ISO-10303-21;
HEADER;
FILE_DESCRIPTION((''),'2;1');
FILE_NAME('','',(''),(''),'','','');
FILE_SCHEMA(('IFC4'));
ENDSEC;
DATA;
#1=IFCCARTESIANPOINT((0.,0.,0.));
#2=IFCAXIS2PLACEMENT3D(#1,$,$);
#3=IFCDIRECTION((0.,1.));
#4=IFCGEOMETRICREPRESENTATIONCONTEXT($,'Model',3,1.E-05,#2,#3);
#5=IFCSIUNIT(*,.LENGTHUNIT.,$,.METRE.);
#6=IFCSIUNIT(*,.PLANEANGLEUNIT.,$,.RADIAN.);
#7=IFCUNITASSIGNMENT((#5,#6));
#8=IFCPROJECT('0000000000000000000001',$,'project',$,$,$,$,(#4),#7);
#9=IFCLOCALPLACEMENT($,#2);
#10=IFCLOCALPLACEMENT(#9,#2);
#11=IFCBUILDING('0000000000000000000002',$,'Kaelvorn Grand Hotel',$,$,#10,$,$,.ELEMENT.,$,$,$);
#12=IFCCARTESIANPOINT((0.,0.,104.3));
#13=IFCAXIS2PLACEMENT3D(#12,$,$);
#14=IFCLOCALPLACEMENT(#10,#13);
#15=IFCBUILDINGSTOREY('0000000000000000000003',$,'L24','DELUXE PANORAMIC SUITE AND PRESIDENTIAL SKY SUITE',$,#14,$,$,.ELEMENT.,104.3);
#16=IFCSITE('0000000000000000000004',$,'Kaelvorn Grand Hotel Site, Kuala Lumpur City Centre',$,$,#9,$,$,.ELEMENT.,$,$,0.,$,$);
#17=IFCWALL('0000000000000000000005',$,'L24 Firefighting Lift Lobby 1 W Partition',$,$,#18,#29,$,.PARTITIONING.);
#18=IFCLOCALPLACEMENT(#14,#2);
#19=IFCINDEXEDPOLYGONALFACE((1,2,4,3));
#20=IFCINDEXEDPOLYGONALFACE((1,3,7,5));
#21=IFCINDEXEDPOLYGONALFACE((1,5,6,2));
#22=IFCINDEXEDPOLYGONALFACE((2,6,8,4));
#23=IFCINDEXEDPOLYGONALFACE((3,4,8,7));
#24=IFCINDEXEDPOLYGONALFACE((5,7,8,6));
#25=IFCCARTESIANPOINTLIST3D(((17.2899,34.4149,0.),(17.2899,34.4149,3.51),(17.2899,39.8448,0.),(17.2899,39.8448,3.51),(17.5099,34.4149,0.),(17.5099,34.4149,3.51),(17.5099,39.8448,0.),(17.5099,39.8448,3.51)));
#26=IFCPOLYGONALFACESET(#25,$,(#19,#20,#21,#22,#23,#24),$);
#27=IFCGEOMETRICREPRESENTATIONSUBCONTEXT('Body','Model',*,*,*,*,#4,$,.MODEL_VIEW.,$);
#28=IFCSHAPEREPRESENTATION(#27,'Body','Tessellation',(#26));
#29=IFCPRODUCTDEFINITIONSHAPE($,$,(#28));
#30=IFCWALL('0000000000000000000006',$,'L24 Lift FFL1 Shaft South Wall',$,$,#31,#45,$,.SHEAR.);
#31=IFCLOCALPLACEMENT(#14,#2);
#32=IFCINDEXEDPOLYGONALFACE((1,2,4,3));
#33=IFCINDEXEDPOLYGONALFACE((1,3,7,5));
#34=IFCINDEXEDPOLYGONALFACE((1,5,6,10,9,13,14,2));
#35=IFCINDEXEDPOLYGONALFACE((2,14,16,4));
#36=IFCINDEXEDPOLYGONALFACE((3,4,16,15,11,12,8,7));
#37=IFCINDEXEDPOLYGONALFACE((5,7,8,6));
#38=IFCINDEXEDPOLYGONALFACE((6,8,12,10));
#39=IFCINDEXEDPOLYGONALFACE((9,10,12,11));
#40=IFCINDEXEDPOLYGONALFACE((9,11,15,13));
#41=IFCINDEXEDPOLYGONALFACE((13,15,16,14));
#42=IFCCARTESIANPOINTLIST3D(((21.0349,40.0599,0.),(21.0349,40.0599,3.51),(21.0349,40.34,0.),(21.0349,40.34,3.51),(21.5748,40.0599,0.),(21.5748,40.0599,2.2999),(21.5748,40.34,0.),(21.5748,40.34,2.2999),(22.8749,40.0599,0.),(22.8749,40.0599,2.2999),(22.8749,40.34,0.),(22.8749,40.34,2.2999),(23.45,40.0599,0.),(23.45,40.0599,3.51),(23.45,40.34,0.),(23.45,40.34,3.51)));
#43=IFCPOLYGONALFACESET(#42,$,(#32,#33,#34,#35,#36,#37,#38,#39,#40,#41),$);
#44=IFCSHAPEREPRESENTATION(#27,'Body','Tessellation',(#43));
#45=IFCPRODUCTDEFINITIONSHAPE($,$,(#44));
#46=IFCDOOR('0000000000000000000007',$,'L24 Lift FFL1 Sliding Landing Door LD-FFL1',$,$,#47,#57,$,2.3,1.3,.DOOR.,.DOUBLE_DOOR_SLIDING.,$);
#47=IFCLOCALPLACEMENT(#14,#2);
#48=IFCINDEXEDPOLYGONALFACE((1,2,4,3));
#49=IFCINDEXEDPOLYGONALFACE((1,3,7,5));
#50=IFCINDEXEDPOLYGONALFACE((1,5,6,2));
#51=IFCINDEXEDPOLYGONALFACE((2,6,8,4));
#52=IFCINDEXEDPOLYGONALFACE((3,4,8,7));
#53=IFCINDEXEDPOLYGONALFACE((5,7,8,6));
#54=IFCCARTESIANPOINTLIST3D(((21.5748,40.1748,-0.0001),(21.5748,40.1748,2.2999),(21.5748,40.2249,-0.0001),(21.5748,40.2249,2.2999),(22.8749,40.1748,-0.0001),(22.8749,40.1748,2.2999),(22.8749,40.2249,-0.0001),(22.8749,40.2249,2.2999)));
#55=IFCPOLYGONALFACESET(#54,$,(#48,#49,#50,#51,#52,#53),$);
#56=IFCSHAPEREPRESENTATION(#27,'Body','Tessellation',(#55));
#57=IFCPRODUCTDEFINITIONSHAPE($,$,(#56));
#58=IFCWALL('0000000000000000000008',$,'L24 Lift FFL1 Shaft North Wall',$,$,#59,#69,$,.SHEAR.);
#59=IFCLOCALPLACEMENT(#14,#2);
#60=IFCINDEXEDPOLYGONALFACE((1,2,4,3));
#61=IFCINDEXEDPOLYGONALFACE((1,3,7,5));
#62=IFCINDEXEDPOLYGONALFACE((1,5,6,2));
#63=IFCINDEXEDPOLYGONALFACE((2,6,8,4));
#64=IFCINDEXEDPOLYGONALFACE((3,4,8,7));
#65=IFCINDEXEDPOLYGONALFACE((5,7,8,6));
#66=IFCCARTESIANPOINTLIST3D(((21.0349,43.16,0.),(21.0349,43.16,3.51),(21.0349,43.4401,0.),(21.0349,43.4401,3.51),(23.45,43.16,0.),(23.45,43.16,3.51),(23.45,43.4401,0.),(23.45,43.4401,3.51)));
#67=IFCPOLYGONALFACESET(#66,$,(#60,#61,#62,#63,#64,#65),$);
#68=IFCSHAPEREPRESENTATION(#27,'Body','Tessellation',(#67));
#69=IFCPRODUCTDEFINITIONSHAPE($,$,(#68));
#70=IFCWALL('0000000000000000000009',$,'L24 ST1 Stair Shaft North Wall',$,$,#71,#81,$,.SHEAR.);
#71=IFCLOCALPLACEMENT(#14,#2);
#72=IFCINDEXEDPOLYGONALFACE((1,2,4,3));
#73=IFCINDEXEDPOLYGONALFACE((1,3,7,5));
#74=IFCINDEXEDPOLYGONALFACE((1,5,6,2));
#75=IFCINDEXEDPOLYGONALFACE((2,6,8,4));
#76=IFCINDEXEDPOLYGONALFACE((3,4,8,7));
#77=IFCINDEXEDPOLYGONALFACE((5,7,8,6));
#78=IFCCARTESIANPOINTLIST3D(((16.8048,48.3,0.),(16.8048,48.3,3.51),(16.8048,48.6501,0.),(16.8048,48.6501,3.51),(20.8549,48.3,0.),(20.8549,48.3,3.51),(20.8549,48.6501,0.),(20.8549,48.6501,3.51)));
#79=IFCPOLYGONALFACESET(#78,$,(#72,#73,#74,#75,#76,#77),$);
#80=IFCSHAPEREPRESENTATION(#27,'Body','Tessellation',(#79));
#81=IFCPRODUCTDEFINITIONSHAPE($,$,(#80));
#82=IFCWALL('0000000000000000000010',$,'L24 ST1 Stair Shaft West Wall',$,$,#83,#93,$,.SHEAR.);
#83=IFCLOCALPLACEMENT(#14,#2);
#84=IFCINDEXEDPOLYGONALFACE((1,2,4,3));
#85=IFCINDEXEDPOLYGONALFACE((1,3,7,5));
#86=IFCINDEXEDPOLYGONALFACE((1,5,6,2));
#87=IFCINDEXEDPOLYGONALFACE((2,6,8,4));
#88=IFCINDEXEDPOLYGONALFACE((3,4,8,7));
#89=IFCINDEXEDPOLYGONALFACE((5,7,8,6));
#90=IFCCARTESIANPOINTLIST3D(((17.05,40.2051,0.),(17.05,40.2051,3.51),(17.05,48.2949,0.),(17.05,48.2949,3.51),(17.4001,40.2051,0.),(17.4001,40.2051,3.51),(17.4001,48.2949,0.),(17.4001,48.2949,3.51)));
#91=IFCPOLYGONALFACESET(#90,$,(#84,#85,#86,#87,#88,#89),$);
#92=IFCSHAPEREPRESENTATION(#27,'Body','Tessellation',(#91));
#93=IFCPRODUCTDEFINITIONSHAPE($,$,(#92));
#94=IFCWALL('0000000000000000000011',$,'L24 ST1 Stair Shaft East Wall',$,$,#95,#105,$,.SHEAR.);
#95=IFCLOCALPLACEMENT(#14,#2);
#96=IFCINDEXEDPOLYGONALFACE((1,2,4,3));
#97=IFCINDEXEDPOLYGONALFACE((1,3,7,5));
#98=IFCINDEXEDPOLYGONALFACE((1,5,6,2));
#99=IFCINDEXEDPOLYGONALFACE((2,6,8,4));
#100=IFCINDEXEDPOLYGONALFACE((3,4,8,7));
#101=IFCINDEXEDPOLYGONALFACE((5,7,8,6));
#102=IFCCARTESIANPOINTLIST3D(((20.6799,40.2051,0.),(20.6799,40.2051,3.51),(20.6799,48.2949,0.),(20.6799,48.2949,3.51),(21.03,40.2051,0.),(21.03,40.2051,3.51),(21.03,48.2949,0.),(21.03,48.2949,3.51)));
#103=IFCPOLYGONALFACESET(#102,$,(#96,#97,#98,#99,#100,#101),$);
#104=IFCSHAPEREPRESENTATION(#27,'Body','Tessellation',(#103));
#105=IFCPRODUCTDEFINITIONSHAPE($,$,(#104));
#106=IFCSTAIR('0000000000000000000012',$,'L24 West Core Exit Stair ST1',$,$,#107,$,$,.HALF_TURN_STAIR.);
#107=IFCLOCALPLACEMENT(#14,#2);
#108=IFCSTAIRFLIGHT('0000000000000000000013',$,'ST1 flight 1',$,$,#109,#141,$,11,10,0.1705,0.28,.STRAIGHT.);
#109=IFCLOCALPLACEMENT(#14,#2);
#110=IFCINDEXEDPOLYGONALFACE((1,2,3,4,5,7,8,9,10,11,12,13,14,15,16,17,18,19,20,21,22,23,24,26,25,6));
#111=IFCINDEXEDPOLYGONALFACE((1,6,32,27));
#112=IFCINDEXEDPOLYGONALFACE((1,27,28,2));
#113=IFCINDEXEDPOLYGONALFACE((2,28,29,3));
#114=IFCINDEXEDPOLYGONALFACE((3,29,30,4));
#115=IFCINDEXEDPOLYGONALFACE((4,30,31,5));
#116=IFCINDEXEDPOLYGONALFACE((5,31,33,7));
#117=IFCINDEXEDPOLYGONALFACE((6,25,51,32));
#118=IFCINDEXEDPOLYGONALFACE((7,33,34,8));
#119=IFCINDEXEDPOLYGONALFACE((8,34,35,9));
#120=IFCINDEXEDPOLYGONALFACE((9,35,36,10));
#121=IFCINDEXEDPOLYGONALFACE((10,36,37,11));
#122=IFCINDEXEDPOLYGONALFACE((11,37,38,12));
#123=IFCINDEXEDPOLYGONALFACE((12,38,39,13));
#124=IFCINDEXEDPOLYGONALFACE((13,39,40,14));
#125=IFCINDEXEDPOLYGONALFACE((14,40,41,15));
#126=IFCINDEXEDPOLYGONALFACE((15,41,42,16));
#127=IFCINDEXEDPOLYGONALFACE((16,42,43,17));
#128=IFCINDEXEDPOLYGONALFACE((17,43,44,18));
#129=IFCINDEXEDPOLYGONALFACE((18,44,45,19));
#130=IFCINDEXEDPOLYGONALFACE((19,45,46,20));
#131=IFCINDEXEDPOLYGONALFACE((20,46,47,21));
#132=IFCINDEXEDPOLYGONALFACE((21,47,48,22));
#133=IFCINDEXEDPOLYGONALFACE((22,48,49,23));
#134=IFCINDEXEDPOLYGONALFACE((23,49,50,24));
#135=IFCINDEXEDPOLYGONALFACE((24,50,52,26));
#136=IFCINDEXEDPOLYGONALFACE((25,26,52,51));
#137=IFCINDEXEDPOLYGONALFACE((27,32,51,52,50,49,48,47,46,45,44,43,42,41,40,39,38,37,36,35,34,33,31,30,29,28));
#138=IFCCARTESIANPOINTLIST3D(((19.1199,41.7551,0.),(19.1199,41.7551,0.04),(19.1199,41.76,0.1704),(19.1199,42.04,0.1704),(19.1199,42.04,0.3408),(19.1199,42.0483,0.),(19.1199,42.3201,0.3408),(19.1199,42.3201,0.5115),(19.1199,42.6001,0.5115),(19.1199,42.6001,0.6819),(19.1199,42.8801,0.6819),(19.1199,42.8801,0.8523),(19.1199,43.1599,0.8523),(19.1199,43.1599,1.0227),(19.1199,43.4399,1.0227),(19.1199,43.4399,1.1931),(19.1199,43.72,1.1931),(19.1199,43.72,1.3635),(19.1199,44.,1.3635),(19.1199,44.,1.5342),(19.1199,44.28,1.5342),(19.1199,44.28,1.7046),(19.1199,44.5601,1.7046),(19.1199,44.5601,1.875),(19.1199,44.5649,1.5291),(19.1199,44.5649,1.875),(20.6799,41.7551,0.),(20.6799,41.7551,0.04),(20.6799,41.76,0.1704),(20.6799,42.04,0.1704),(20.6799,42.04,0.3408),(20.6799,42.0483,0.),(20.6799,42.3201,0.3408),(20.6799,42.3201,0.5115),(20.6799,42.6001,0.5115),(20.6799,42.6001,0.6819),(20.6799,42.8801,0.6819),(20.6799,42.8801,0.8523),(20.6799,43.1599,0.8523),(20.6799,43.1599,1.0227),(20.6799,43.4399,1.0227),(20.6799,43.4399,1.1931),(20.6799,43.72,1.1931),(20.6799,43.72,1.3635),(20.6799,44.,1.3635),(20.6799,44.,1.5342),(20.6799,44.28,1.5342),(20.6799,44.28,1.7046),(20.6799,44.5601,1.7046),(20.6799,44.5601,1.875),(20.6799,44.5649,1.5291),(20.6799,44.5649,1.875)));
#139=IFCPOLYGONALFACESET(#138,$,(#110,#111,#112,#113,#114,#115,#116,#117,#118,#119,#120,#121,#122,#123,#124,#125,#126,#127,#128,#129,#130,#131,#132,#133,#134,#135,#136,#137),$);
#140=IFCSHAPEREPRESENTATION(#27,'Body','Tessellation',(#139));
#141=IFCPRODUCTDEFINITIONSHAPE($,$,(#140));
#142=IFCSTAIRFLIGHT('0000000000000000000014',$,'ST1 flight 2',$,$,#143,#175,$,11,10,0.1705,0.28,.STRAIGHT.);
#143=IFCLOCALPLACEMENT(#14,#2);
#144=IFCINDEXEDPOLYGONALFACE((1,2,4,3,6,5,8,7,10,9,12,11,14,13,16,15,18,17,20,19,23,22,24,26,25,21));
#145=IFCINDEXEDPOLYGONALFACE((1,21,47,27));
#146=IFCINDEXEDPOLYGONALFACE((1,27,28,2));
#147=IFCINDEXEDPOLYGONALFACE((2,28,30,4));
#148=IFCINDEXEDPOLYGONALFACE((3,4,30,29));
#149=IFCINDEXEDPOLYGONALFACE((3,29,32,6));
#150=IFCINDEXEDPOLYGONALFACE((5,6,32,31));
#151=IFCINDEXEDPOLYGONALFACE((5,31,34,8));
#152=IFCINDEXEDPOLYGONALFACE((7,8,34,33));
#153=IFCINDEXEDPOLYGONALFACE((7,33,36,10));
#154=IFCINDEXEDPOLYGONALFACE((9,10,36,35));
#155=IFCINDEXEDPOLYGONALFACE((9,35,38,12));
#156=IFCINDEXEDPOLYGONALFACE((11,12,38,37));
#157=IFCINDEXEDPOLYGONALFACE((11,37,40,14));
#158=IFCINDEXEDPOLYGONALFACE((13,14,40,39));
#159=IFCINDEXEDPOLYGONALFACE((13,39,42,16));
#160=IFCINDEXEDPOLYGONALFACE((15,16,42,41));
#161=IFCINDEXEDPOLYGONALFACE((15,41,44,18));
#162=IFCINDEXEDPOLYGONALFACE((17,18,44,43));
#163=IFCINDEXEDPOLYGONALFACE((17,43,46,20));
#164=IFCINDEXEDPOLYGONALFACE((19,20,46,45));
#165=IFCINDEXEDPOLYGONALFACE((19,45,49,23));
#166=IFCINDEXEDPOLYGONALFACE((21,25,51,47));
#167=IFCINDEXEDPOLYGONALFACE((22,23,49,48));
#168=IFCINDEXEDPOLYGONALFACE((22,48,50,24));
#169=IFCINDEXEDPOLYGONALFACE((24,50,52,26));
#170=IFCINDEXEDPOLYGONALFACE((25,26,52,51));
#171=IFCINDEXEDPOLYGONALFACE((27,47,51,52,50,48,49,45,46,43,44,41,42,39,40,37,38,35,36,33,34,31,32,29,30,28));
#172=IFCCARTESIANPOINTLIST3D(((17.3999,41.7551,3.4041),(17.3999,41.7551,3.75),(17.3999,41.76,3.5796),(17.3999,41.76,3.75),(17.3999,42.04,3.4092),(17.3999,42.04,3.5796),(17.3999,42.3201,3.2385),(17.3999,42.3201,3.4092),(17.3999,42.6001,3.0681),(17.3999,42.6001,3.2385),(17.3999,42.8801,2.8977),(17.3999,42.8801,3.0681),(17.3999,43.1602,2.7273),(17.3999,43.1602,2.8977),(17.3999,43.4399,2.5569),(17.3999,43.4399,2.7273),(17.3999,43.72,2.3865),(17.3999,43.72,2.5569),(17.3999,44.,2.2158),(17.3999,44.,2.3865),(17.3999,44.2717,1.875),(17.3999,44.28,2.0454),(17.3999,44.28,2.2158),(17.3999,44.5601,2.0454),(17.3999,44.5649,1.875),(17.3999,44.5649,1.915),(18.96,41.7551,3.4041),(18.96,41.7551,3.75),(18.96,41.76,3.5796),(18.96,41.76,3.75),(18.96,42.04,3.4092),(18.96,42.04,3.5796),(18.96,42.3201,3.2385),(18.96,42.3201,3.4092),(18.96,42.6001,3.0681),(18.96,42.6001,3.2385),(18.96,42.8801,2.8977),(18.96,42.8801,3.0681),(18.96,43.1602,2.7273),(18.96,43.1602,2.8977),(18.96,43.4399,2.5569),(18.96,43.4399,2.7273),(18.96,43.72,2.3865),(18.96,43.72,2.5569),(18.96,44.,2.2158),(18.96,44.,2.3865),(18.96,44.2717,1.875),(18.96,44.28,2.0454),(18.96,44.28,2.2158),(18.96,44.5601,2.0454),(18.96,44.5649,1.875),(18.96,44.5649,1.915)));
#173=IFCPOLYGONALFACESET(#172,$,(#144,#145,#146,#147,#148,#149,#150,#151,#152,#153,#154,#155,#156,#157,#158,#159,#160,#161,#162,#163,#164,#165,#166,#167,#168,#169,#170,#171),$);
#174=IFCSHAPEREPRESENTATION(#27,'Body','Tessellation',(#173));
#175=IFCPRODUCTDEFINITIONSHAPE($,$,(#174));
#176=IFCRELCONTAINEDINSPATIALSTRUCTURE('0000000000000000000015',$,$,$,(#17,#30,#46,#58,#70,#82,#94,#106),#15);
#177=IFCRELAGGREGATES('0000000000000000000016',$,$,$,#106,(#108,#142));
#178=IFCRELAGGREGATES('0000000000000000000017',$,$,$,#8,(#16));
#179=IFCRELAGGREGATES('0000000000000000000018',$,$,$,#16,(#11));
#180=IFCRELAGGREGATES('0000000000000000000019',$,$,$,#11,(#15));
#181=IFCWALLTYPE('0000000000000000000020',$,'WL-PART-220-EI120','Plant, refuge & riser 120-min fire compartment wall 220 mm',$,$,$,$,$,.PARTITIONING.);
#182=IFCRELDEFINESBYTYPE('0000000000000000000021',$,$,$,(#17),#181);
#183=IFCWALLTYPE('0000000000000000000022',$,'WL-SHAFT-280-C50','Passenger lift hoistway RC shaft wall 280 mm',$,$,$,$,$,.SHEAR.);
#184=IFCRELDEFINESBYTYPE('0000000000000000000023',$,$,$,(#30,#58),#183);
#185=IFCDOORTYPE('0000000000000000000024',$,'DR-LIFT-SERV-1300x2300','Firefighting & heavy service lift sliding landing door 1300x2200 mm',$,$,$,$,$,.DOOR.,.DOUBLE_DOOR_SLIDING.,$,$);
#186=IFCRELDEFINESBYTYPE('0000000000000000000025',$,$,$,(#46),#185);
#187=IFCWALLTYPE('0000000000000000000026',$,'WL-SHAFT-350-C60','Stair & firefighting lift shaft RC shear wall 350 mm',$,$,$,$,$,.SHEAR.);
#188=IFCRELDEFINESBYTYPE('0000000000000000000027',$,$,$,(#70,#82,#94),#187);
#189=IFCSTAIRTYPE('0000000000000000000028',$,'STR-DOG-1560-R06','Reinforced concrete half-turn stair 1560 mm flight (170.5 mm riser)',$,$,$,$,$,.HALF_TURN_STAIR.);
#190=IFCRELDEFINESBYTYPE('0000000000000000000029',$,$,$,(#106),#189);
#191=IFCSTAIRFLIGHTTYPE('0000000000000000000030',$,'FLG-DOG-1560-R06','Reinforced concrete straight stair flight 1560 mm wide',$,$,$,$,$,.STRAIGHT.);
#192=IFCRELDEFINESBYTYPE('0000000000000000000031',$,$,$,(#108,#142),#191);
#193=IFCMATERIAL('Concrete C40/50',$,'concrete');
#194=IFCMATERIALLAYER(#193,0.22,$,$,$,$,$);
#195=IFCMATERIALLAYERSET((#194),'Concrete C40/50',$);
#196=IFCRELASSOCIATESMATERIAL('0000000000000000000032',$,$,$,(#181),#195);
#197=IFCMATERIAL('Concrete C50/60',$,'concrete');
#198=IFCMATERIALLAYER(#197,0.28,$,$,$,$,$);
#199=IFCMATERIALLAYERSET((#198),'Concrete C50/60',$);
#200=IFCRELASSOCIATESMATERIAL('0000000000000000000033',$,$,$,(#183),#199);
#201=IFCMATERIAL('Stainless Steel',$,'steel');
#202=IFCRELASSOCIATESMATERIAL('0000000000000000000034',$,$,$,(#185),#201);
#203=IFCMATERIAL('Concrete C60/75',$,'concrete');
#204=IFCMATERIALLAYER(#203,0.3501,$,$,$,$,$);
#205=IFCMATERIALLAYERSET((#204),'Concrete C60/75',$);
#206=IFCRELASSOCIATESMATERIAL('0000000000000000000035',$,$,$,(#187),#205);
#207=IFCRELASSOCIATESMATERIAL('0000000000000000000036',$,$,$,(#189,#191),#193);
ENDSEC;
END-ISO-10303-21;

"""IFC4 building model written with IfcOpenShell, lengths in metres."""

from ifc_helpers import new_model, si_unit, direction, frame, frame_2d, origin, place, context, subcontext, project, spatial, polyline, rectangle, outline, extrude, material, layer, layer_set, type_object, element, fill, aggregate, save


model = new_model("IFC4")

# Units and contexts
model_context = context("Model", 3, precision=1e-05, world=origin(), true_north=direction((0.0, 1.0)))
body_context = subcontext(model_context, "Body", "Model", "MODEL_VIEW")
ifc_project = project(units=[si_unit("LENGTHUNIT", "METRE"), si_unit("PLANEANGLEUNIT", "RADIAN")], contexts=[model_context])

# Site, building, storey
site_placement = place(None, origin())
site = spatial("IfcSite", under=ifc_project, at=site_placement, Name="Kaelvorn Grand Hotel Site, Kuala Lumpur City Centre", CompositionType="ELEMENT", RefElevation=0.0)
building_placement = place(site_placement, origin())
building = spatial("IfcBuilding", under=site, at=building_placement, Name="Kaelvorn Grand Hotel", CompositionType="ELEMENT")
storey_placement = place(building_placement, frame((0.0, 0.0, 104.3)))
storey = spatial("IfcBuildingStorey", under=building, at=storey_placement, Name="L24", Description="DELUXE PANORAMIC SUITE AND PRESIDENTIAL SKY SUITE", CompositionType="ELEMENT", Elevation=104.3)

# Shared definitions
ifc_material_1 = material(Name="Concrete C60/75", Category="concrete")

# Shared definitions
ifc_material_2 = material(Name="Concrete C40/50", Category="concrete")
ifc_layer_1 = layer(ifc_material_2, 0.22)
ifc_layer_set_1 = layer_set([ifc_layer_1], Name="Concrete C40/50")
wall_type_1 = type_object("IfcWallType", Name="WL-PART-220-EI120", Description="Plant, refuge & riser 120-min fire compartment wall 220 mm", PredefinedType="PARTITIONING", material=ifc_layer_set_1)

# Wall
wall_1_placement = place(storey_placement, frame((17.3999, 34.415, 0.0), z_axis=(0.0, 0.0, 1.0), x_axis=(0.0, 1.0, 0.0)))
element("IfcWall", 1, at=wall_1_placement, inside=storey, type_object=wall_type_1, Name="L24 Firefighting Lift Lobby 1 W Partition", PredefinedType="PARTITIONING", context=body_context, shape_type="SweptSolid", body=[
    extrude(rectangle(XDim=5.4299, YDim=0.22, at=frame_2d((2.7148, 0.0))), origin(), (0.0, 0.0, 1.0), 3.51),
])

# Wall, opening, door
ifc_material_3 = material(Name="Concrete C50/60", Category="concrete")
ifc_layer_2 = layer(ifc_material_3, 0.28)
ifc_layer_set_2 = layer_set([ifc_layer_2], Name="Concrete C50/60")
wall_type_2 = type_object("IfcWallType", Name="WL-SHAFT-280-C50", Description="Passenger lift hoistway RC shaft wall 280 mm", PredefinedType="SHEAR", material=ifc_layer_set_2)
wall_2_placement = place(storey_placement, frame((21.0349, 40.2, 0.0), z_axis=(0.0, 0.0, 1.0), x_axis=(1.0, 0.0, 0.0)))
wall_2 = element("IfcWall", 2, at=wall_2_placement, inside=storey, type_object=wall_type_2, Name="L24 Lift FFL1 Shaft South Wall", PredefinedType="SHEAR", context=body_context, shape_type="SweptSolid", body=[
    extrude(rectangle(XDim=2.415, YDim=0.28, at=frame_2d((1.2075, 0.0))), origin(), (0.0, 0.0, 1.0), 3.51),
])
opening_1_placement = place(wall_2_placement, frame((0.54, 0.0, 0.0)))
opening_1 = element("IfcOpeningElement", 3, at=opening_1_placement, cuts=wall_2, PredefinedType="OPENING", context=body_context, shape_type="SweptSolid", body=[
    extrude(rectangle(XDim=1.3, YDim=2.3, at=frame_2d((0.6499, 1.1499))), frame((0.0, 0.1499, 0.0), z_axis=(0.0, -1.0, 0.0), x_axis=(1.0, 0.0, 0.0)), (0.0, 0.0, 1.0), 0.3),
])
ifc_material_4 = material(Name="Stainless Steel", Category="steel")
door_type_1 = type_object("IfcDoorType", Name="DR-LIFT-SERV-1300x2300", Description="Firefighting & heavy service lift sliding landing door 1300x2200 mm", OperationType="DOUBLE_DOOR_SLIDING", PredefinedType="DOOR", material=ifc_material_4)
door_1_placement = place(opening_1_placement, origin())
door_1 = element("IfcDoor", 4, at=door_1_placement, inside=storey, type_object=door_type_1, Name="L24 Lift FFL1 Sliding Landing Door LD-FFL1", OperationType="DOUBLE_DOOR_SLIDING", OverallHeight=2.3, OverallWidth=1.3, PredefinedType="DOOR", context=body_context, shape_type="SweptSolid", body=[
    extrude(rectangle(XDim=1.3, YDim=2.3, at=frame_2d((0.6499, 1.1499))), frame((0.0, 0.0249, 0.0), z_axis=(0.0, -1.0, 0.0), x_axis=(1.0, 0.0, 0.0)), (0.0, 0.0, 1.0), 0.05),
])
fill(opening_1, door_1)

# Wall
wall_3_placement = place(storey_placement, frame((21.0349, 43.3, 0.0), z_axis=(0.0, 0.0, 1.0), x_axis=(1.0, 0.0, 0.0)))
element("IfcWall", 5, at=wall_3_placement, inside=storey, type_object=wall_type_2, Name="L24 Lift FFL1 Shaft North Wall", PredefinedType="SHEAR", context=body_context, shape_type="SweptSolid", body=[
    extrude(rectangle(XDim=2.415, YDim=0.28, at=frame_2d((1.2075, 0.0))), origin(), (0.0, 0.0, 1.0), 3.51),
])

# Shared definitions
ifc_layer_3 = layer(ifc_material_1, 0.3501)
ifc_layer_set_3 = layer_set([ifc_layer_3], Name="Concrete C60/75")
wall_type_3 = type_object("IfcWallType", Name="WL-SHAFT-350-C60", Description="Stair & firefighting lift shaft RC shear wall 350 mm", PredefinedType="SHEAR", material=ifc_layer_set_3)

# Walls
wall_4_placement = place(storey_placement, frame((16.8049, 48.4751, 0.0), z_axis=(0.0, 0.0, 1.0), x_axis=(1.0, 0.0, 0.0)))
element("IfcWall", 6, at=wall_4_placement, inside=storey, type_object=wall_type_3, Name="L24 ST1 Stair Shaft North Wall", PredefinedType="SHEAR", context=body_context, shape_type="SweptSolid", body=[
    extrude(rectangle(XDim=4.05, YDim=0.3501, at=frame_2d((2.0249, 0.0))), origin(), (0.0, 0.0, 1.0), 3.51),
])
for number, where, z_axis, x_axis, name in (
    (7, (17.2251, 40.2051, 0.0), (0.0, 0.0, 1.0), (0.0, 1.0, 0.0), "L24 ST1 Stair Shaft West Wall"),
    (8, (20.855, 40.2051, 0.0), (0.0, 0.0, 1.0), (0.0, 1.0, 0.0), "L24 ST1 Stair Shaft East Wall"),
):
    element("IfcWall", number, at=place(storey_placement, frame(where, z_axis=z_axis, x_axis=x_axis)), inside=storey, type_object=wall_type_3, Name=name, PredefinedType="SHEAR", context=body_context, shape_type="SweptSolid", body=[
        extrude(rectangle(XDim=8.0898, YDim=0.3501, at=frame_2d((4.0449, 0.0))), origin(), (0.0, 0.0, 1.0), 3.51),
    ])

# Stair, stair flights
stair_type = type_object("IfcStairType", Name="STR-DOG-1560-R06", Description="Reinforced concrete half-turn stair 1560 mm flight (170.5 mm riser)", PredefinedType="HALF_TURN_STAIR", material=ifc_material_2)
stair_placement = place(storey_placement, origin())
stair = element("IfcStair", 9, at=stair_placement, inside=storey, type_object=stair_type, Name="L24 West Core Exit Stair ST1", PredefinedType="HALF_TURN_STAIR")
stair_flight_type = type_object("IfcStairFlightType", Name="FLG-DOG-1560-R06", Description="Reinforced concrete straight stair flight 1560 mm wide", PredefinedType="STRAIGHT", material=ifc_material_2)
stair_flight_1_placement = place(storey_placement, frame((19.8999, 41.76, 0.0), z_axis=(0.0, 0.0, 1.0), x_axis=(0.0, 1.0, 0.0)))
stair_flight_1 = element("IfcStairFlight", 10, at=stair_flight_1_placement, type_object=stair_flight_type, Name="ST1 flight 1", NumberOfRisers=11, NumberOfTreads=10, PredefinedType="STRAIGHT", RiserHeight=0.1705, TreadLength=0.28, context=body_context, shape_type="SweptSolid", body=[
    extrude(outline(polyline([(-0.0049, 0.0), (-0.0049, 0.04), (0.0, 0.1704), (0.28, 0.1704), (0.28, 0.3408), (0.5601, 0.3408), (0.5601, 0.5115), (0.8401, 0.5115), (0.8401, 0.6819), (1.1201, 0.6819), (1.1201, 0.8523), (1.3999, 0.8523), (1.3999, 1.0227), (1.6799, 1.0227), (1.6799, 1.1931), (1.96, 1.1931), (1.96, 1.3635), (2.24, 1.3635), (2.24, 1.5342), (2.52, 1.5342), (2.52, 1.7046), (2.8, 1.7046), (2.8, 1.875), (2.8049, 1.875), (2.8049, 1.5291), (0.2883, 0.0), (-0.0049, 0.0)])), frame((0.0, 0.78, 0.0), z_axis=(0.0, -1.0, 0.0), x_axis=(1.0, 0.0, 0.0)), (0.0, 0.0, 1.0), 1.5601),
])
stair_flight_2_placement = place(storey_placement, frame((18.1799, 44.5601, 1.875), z_axis=(0.0, 0.0, 1.0), x_axis=(0.0, -1.0, 0.0)))
stair_flight_2 = element("IfcStairFlight", 11, at=stair_flight_2_placement, type_object=stair_flight_type, Name="ST1 flight 2", NumberOfRisers=11, NumberOfTreads=10, PredefinedType="STRAIGHT", RiserHeight=0.1705, TreadLength=0.28, context=body_context, shape_type="SweptSolid", body=[
    extrude(outline(polyline([(-0.0049, 0.0), (-0.0049, 0.04), (0.0, 0.1704), (0.28, 0.1704), (0.28, 0.3408), (0.5601, 0.3408), (0.5601, 0.5115), (0.8401, 0.5115), (0.8401, 0.6819), (1.1201, 0.6819), (1.1201, 0.8523), (1.3999, 0.8523), (1.3999, 1.0227), (1.6799, 1.0227), (1.6799, 1.1931), (1.96, 1.1931), (1.96, 1.3635), (2.24, 1.3635), (2.24, 1.5342), (2.52, 1.5342), (2.52, 1.7046), (2.8, 1.7046), (2.8, 1.875), (2.8049, 1.875), (2.8049, 1.5291), (0.2883, 0.0), (-0.0049, 0.0)])), frame((0.0, 0.78, 0.0), z_axis=(0.0, -1.0, 0.0), x_axis=(1.0, 0.0, 0.0)), (0.0, 0.0, 1.0), 1.5601),
])
aggregate(stair, [stair_flight_1, stair_flight_2])

save(model, "model.ifc")
